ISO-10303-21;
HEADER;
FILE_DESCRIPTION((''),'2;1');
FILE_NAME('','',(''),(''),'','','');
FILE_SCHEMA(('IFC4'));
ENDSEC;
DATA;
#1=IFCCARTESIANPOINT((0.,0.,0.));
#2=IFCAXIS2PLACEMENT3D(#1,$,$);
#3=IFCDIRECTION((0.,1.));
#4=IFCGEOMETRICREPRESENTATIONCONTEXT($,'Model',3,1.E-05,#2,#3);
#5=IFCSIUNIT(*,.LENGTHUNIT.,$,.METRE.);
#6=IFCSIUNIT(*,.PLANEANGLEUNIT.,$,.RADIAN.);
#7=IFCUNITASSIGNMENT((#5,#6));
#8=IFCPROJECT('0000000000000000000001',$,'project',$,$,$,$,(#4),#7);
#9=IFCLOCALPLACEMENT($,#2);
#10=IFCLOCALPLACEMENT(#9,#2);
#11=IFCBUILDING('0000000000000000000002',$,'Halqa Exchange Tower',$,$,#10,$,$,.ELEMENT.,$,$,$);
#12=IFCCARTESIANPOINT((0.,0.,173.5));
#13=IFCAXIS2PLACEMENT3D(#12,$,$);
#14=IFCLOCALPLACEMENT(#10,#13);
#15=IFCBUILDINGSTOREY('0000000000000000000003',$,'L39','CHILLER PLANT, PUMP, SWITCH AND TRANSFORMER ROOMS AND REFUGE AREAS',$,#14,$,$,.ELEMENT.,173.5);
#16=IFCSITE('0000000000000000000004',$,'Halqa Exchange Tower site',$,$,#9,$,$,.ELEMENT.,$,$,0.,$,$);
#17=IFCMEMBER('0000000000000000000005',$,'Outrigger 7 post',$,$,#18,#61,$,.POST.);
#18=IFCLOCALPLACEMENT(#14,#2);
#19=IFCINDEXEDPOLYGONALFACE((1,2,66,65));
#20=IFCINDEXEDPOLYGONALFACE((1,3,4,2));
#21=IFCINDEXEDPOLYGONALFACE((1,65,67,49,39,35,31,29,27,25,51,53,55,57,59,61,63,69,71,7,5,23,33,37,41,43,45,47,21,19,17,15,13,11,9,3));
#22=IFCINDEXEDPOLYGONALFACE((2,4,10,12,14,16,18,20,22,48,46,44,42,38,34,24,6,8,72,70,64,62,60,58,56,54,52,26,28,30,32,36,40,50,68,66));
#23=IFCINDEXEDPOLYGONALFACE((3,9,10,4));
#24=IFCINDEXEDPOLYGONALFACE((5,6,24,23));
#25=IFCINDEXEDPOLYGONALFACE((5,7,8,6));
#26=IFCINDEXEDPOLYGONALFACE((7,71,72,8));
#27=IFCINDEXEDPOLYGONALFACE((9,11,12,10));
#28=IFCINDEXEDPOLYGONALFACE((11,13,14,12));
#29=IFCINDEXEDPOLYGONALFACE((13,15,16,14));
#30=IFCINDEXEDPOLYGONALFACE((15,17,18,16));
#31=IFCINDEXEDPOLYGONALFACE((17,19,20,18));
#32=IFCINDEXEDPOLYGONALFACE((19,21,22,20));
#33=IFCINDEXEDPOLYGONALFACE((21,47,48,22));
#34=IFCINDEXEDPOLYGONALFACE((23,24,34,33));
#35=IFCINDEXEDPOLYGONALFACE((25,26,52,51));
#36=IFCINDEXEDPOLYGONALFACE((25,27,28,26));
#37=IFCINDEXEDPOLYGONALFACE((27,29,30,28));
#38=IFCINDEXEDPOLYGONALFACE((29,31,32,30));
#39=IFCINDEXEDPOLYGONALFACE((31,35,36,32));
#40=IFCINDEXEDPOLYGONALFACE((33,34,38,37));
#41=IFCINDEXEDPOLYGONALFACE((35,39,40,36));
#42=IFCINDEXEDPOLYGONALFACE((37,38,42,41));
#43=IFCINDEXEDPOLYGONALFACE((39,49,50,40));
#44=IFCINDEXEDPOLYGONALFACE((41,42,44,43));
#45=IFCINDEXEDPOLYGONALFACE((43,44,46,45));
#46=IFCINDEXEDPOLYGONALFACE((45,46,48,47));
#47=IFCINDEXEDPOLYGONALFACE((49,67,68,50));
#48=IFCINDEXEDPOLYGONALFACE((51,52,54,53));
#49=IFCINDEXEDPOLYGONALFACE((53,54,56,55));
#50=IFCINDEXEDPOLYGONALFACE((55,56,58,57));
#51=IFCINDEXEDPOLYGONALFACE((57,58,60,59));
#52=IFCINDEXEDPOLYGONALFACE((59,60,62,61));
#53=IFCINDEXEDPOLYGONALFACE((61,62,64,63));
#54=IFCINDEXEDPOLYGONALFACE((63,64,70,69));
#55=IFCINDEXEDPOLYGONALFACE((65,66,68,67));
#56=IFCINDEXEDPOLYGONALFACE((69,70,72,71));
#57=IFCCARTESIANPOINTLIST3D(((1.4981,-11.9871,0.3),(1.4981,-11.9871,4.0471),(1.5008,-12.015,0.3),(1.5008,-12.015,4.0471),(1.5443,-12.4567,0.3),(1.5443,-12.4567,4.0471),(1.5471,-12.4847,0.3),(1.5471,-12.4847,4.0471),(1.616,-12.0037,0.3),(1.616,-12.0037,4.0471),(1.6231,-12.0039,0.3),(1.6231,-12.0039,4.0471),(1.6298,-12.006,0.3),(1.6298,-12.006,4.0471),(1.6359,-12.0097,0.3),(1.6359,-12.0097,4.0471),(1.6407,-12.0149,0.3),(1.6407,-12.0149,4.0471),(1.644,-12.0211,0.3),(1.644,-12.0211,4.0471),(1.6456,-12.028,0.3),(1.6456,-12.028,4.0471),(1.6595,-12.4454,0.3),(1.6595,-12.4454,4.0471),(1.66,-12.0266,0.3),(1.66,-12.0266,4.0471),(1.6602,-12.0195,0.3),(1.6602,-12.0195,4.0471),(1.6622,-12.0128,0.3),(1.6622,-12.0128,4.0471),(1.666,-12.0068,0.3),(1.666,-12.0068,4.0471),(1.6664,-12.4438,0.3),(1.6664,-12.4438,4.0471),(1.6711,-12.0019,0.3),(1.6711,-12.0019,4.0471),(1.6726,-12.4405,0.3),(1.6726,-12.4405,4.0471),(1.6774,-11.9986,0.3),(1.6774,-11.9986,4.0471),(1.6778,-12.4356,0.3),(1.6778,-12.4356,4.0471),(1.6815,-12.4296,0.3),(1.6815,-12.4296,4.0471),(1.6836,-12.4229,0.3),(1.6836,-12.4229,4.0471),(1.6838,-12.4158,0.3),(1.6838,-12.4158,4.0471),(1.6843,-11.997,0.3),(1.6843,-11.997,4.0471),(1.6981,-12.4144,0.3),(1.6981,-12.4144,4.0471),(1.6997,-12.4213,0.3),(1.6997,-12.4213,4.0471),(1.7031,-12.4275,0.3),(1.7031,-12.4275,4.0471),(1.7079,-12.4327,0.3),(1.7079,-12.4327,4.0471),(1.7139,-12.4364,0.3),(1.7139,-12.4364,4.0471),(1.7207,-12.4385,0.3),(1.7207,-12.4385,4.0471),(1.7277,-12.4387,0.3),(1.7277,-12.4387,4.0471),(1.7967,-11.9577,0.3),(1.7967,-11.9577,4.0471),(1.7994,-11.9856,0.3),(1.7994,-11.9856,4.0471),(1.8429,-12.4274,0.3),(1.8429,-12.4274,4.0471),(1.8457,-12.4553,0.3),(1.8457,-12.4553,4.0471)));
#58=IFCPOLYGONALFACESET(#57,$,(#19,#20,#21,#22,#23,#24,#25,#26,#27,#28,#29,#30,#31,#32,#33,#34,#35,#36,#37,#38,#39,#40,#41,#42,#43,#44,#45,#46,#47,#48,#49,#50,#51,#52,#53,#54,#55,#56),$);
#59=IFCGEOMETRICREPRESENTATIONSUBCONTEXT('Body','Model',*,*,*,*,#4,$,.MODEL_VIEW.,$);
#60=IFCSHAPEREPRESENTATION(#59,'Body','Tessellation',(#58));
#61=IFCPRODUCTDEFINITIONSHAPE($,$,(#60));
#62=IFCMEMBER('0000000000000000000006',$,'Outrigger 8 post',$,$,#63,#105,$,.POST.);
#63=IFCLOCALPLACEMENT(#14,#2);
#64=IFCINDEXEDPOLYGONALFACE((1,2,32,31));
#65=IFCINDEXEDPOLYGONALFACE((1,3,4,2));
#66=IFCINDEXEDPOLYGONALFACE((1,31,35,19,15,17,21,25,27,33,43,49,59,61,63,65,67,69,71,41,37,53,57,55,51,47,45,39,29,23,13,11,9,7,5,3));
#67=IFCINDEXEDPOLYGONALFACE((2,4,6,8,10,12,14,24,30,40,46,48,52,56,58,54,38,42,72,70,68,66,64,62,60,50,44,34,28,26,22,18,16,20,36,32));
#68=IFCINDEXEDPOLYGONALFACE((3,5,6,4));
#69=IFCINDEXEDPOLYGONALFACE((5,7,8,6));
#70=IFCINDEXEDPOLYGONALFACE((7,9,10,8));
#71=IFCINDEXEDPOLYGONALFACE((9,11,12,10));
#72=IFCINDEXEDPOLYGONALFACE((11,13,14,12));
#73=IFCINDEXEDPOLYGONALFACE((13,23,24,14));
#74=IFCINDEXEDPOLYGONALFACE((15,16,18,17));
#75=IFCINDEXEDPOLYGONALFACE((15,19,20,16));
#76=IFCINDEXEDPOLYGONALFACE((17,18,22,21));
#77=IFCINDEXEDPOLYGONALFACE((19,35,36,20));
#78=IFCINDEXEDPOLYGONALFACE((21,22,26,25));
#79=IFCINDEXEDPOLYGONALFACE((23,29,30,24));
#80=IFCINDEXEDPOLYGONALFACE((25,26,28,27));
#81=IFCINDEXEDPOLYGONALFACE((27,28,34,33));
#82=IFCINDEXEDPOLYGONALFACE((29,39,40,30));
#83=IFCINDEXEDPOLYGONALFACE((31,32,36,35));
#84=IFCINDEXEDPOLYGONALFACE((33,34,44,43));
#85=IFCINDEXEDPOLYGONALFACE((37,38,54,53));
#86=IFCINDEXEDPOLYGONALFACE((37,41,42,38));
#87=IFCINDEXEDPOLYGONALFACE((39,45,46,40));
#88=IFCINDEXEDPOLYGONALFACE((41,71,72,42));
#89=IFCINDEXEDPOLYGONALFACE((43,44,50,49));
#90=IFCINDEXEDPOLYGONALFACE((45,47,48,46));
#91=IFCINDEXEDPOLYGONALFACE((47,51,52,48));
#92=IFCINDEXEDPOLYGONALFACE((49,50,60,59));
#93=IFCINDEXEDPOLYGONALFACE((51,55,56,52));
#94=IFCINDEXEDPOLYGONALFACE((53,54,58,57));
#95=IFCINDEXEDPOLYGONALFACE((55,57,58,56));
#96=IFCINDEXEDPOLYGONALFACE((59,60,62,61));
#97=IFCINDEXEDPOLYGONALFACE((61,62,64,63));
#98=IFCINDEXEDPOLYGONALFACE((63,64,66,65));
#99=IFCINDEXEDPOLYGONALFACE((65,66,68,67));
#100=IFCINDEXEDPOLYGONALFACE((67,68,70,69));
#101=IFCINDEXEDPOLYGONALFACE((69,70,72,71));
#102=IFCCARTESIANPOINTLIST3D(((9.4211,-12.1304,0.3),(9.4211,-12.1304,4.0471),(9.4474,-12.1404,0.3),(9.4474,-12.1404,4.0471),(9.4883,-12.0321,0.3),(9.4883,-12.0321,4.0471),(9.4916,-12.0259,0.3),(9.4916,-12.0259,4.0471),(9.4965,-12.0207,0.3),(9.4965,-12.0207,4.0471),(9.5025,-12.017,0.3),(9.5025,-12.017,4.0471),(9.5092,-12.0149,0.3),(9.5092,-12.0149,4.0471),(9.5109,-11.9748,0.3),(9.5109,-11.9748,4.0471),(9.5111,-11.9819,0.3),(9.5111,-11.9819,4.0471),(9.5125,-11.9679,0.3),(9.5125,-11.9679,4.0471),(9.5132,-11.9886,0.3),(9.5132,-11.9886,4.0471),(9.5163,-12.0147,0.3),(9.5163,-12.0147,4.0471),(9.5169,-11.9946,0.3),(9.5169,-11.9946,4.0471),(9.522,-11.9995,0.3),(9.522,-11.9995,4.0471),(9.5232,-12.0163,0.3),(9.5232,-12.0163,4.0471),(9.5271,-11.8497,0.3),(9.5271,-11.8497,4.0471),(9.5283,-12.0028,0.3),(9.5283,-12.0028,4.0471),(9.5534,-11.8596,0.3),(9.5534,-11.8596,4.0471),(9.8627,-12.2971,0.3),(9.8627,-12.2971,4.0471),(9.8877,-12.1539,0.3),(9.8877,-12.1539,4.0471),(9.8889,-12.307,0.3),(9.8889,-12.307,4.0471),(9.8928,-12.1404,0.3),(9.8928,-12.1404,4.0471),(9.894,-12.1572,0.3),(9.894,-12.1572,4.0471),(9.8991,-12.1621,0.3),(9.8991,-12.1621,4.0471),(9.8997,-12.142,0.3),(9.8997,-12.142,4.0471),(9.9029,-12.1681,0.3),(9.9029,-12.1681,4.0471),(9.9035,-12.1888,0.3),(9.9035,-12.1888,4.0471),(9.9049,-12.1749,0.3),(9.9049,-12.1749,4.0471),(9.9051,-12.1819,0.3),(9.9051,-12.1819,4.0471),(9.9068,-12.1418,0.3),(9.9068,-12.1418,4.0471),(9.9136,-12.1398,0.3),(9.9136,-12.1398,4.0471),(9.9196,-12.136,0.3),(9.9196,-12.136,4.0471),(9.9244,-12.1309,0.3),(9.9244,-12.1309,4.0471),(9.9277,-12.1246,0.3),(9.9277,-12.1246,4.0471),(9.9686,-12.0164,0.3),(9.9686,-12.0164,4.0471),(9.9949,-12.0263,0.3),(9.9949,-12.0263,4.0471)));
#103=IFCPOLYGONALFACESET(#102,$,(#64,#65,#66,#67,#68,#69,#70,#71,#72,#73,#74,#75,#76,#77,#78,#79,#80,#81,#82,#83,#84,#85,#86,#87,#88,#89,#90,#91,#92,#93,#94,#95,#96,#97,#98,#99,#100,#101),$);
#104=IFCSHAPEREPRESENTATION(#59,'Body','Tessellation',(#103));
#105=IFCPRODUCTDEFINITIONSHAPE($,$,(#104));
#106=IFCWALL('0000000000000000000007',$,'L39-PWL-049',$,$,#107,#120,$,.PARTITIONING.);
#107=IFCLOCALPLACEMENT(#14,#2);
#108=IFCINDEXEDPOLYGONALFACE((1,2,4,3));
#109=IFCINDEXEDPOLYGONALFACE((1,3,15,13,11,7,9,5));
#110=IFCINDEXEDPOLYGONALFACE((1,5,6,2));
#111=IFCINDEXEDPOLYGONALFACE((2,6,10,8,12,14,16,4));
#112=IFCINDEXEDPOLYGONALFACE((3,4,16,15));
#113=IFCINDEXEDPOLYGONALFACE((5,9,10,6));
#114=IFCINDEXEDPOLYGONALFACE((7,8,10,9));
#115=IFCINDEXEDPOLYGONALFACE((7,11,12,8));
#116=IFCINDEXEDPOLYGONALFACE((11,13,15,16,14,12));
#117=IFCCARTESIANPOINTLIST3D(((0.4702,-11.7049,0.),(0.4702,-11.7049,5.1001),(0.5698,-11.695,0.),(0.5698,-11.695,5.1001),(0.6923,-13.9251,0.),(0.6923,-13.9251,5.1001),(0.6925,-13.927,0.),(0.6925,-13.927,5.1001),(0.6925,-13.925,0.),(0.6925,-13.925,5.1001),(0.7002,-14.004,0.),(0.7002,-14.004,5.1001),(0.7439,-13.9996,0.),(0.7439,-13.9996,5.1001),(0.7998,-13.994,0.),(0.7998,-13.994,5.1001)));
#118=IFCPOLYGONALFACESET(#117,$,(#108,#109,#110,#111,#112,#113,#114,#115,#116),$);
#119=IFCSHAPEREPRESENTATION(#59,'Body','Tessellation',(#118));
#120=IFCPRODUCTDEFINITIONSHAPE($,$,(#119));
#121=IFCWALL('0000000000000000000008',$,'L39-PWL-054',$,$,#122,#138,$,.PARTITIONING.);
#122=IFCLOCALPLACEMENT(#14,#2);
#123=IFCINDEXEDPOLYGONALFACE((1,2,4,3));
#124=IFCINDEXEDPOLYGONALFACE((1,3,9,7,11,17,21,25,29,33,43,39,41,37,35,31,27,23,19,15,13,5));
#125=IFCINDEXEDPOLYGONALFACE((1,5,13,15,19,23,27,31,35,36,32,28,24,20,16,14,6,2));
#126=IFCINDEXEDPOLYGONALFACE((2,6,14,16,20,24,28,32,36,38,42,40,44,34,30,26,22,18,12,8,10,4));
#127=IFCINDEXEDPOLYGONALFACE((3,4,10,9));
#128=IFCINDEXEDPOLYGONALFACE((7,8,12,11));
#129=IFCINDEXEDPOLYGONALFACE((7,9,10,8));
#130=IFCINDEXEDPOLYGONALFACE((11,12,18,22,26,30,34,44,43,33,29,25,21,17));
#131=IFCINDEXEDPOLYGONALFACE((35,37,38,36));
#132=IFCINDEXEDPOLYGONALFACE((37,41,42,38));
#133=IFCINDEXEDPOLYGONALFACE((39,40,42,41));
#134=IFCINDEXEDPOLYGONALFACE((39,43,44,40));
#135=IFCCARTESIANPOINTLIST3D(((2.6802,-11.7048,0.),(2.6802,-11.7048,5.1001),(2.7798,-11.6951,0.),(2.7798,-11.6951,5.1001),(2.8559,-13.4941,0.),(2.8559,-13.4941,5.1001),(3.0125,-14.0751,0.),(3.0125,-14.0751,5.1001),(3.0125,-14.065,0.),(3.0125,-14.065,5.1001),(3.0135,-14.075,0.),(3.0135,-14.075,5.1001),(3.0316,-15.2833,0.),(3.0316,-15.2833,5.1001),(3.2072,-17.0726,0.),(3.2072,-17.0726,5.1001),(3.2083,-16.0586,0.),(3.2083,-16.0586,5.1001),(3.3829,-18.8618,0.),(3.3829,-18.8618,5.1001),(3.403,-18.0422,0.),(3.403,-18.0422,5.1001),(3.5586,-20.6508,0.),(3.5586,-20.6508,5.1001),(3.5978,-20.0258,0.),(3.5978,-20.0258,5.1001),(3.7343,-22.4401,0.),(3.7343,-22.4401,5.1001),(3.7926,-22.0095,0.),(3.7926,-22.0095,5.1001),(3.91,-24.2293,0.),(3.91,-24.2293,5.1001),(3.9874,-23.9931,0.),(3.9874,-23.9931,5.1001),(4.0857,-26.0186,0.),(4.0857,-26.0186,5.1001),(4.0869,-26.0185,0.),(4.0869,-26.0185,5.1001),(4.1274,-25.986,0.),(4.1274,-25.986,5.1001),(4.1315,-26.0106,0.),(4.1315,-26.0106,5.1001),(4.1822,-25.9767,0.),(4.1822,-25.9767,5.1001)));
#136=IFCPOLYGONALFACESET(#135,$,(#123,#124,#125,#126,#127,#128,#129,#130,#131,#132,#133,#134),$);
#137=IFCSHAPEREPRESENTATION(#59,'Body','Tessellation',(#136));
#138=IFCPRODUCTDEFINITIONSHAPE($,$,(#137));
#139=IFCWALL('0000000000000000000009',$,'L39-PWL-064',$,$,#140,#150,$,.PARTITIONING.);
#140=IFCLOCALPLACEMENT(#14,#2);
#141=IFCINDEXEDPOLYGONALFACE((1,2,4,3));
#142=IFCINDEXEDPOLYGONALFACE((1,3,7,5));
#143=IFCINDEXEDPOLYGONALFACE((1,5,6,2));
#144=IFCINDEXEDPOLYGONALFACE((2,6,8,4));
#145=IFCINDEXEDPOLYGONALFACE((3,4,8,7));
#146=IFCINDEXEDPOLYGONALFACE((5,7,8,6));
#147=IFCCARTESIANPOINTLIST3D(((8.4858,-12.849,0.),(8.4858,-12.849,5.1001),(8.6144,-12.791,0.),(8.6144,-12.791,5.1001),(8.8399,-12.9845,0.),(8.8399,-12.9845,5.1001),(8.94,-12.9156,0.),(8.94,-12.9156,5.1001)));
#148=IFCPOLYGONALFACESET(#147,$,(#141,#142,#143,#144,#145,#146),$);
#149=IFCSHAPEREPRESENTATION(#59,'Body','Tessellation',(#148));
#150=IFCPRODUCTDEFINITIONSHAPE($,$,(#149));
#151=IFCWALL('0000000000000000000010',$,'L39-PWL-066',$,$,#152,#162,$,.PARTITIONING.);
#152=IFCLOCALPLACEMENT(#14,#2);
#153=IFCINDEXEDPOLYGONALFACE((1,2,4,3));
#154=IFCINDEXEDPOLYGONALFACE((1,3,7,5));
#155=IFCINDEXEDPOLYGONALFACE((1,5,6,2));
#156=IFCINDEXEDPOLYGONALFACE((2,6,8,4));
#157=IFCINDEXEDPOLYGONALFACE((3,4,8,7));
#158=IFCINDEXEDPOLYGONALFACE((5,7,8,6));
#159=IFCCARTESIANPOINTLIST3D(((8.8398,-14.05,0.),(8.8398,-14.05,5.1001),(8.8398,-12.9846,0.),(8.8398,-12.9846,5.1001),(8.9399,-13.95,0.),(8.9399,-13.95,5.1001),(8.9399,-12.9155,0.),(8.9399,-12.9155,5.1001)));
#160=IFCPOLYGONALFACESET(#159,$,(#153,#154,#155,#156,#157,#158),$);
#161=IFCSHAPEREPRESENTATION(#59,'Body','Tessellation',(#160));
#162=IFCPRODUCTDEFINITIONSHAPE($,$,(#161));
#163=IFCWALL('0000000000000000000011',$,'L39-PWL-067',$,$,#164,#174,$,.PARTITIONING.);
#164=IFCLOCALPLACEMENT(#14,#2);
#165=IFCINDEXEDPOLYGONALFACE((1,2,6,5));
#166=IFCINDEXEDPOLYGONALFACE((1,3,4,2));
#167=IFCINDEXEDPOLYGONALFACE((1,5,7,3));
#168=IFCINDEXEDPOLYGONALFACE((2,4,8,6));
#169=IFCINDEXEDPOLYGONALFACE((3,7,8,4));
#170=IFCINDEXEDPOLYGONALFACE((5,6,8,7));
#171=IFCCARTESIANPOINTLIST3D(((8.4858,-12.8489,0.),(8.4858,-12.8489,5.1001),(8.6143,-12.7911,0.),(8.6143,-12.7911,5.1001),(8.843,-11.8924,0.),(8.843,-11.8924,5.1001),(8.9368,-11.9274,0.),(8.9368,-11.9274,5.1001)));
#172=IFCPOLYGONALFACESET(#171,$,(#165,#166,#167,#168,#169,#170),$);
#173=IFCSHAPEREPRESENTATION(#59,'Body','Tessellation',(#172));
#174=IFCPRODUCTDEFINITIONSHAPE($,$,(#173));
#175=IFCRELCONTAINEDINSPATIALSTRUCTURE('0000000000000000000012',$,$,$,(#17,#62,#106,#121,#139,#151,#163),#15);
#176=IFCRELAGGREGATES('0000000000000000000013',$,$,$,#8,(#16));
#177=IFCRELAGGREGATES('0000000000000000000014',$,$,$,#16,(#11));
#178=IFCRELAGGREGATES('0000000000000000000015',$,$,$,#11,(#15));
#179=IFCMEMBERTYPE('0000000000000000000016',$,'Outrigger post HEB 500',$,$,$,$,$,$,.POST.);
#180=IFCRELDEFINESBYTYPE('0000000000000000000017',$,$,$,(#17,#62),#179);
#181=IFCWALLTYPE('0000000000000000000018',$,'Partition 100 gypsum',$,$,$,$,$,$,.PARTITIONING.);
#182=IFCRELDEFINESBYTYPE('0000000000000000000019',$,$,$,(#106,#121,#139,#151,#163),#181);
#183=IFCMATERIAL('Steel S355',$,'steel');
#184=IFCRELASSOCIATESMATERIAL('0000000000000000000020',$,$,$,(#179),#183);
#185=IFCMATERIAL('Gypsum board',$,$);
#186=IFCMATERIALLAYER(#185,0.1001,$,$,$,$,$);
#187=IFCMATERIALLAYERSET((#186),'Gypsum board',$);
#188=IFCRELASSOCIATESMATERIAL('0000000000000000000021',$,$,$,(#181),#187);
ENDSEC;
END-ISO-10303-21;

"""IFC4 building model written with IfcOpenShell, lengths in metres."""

from ifc_helpers import new_model, si_unit, direction, frame, origin, origin_2d, place, context, subcontext, project, spatial, polyline, i_section, outline, extrude, material, layer, layer_set, material_profile, profile_set, type_object, element, save


model = new_model("IFC4")

# Units and contexts
model_context = context("Model", 3, precision=1e-05, world=origin(), true_north=direction((0.0, 1.0)))
body_context = subcontext(model_context, "Body", "Model", "MODEL_VIEW")
ifc_project = project(units=[si_unit("LENGTHUNIT", "METRE"), si_unit("PLANEANGLEUNIT", "RADIAN")], contexts=[model_context])

# Site, building, storey
site_placement = place(None, origin())
site = spatial("IfcSite", under=ifc_project, at=site_placement, Name="Halqa Exchange Tower site", CompositionType="ELEMENT", RefElevation=0.0)
building_placement = place(site_placement, origin())
building = spatial("IfcBuilding", under=site, at=building_placement, Name="Halqa Exchange Tower", CompositionType="ELEMENT")
storey_placement = place(building_placement, frame((0.0, 0.0, 173.5)))
storey = spatial("IfcBuildingStorey", under=building, at=storey_placement, Name="L39", Description="CHILLER PLANT, PUMP, SWITCH AND TRANSFORMER ROOMS AND REFUGE AREAS", CompositionType="ELEMENT", Elevation=173.5)

# Shared definitions
ifc_material_1 = material(Name="Steel S355", Category="steel")

# Members
ifc_material_profile_1 = material_profile(ifc_material_1, i_section(OverallWidth=0.3, OverallDepth=0.5, WebThickness=0.0144, FlangeThickness=0.0281, FilletRadius=0.0271, at=origin_2d()), Name="HEB 500")
ifc_profile_set_1 = profile_set([ifc_material_profile_1], Name="Steel S355")
member_type_1 = type_object("IfcMemberType", Name="Outrigger post HEB 500", PredefinedType="POST", material=ifc_profile_set_1)
for number, where, z_axis, x_axis, name in (
    (1, (1.6719, -12.2212, 0.3), (0.0, 0.0, 1.0), (0.995193, 0.09793, 0.0), "Outrigger 7 post"),
    (2, (9.708, -12.0784, 0.3), (0.0, 0.0, 1.0), (0.353148, 0.935567, 0.0), "Outrigger 8 post"),
):
    element("IfcMember", number, at=place(storey_placement, frame(where, z_axis=z_axis, x_axis=x_axis)), inside=storey, type_object=member_type_1, Name=name, PredefinedType="POST", context=body_context, shape_type="SweptSolid", body=[
        extrude(i_section(OverallWidth=0.3, OverallDepth=0.5, WebThickness=0.0144, FlangeThickness=0.0281, FilletRadius=0.0271, at=origin_2d()), origin(), (0.0, 0.0, 1.0), 3.7471),
    ])

# Walls
ifc_material_2 = material(Name="Gypsum board")
ifc_layer_1 = layer(ifc_material_2, 0.1001)
ifc_layer_set_1 = layer_set([ifc_layer_1], Name="Gypsum board")
wall_type_1 = type_object("IfcWallType", Name="Partition 100 gypsum", PredefinedType="PARTITIONING", material=ifc_layer_set_1)
wall_1_placement = place(storey_placement, frame((0.52, -11.7, 0.0), z_axis=(0.0, 0.0, 1.0), x_axis=(0.099535, -0.995034, 0.0)))
element("IfcWall", 3, at=wall_1_placement, inside=storey, type_object=wall_type_1, Name="L39-PWL-049", PredefinedType="PARTITIONING", context=body_context, shape_type="SweptSolid", body=[
    extrude(outline(polyline([(0.0, -0.05), (2.2312, -0.05), (2.2312, -0.0498), (2.2332, -0.05), (2.3105, -0.05), (2.3105, -0.0061), (2.3105, 0.05), (0.0, 0.05), (0.0, -0.05)])), origin(), (0.0, 0.0, 1.0), 5.1001),
])
wall_2_placement = place(storey_placement, frame((2.73, -11.7, 0.0), z_axis=(0.0, 0.0, 1.0), x_axis=(0.097724, -0.995214, 0.0)))
element("IfcWall", 4, at=wall_2_placement, inside=storey, type_object=wall_type_1, Name="L39-PWL-054", PredefinedType="PARTITIONING", context=body_context, shape_type="SweptSolid", body=[
    extrude(outline(polyline([(14.3826, -0.05), (14.3826, -0.0488), (14.3792, -0.0037), (14.3826, -0.0034), (14.3826, -0.0034), (14.3542, -0.0054), (14.3503, 0.05), (12.3572, 0.05), (10.364, 0.05), (8.3708, 0.05), (6.3777, 0.05), (4.3845, 0.05), (2.3914, 0.05), (2.3914, 0.0491), (2.3813, 0.05), (0.0, 0.05), (0.0, -0.05), (1.7979, -0.05), (3.5957, -0.05), (5.3936, -0.05), (7.1914, -0.05), (8.989, -0.05), (10.7869, -0.05), (12.5847, -0.05), (14.3826, -0.05)])), origin(), (0.0, 0.0, 1.0), 5.1001),
])
wall_3_placement = place(storey_placement, frame((8.5037, -12.8022, 0.0), z_axis=(0.0, 0.0, 1.0), x_axis=(0.933934, -0.357445, 0.0)))
element("IfcWall", 5, at=wall_3_placement, inside=storey, type_object=wall_type_1, Name="L39-PWL-064", PredefinedType="PARTITIONING", context=body_context, shape_type="SweptSolid", body=[
    extrude(outline(polyline([(0.0, -0.05), (0.3792, -0.05), (0.448, 0.05), (0.0994, 0.05), (0.0, -0.05)])), origin(), (0.0, 0.0, 1.0), 5.1001),
])
wall_4_placement = place(storey_placement, frame((8.8899, -12.9155, 0.0), z_axis=(0.0, 0.0, 1.0), x_axis=(0.0, -1.0, 0.0)))
element("IfcWall", 6, at=wall_4_placement, inside=storey, type_object=wall_type_1, Name="L39-PWL-066", PredefinedType="PARTITIONING", context=body_context, shape_type="SweptSolid", body=[
    extrude(outline(polyline([(1.1345, -0.05), (1.1345, -0.05), (1.0344, 0.05), (0.0, 0.05), (0.0691, -0.05), (1.1345, -0.05)])), origin(), (0.0, 0.0, 1.0), 5.1001),
])
wall_5_placement = place(storey_placement, frame((8.8899, -11.9099, 0.0), z_axis=(0.0, 0.0, 1.0), x_axis=(-0.349813, -0.93682, 0.0)))
element("IfcWall", 7, at=wall_5_placement, inside=storey, type_object=wall_type_1, Name="L39-PWL-067", PredefinedType="PARTITIONING", context=body_context, shape_type="SweptSolid", body=[
    extrude(outline(polyline([(1.021, -0.05), (1.021, -0.05), (0.9219, 0.05), (0.0, 0.05), (0.0, -0.05), (1.021, -0.05)])), origin(), (0.0, 0.0, 1.0), 5.1001),
])

save(model, "model.ifc")
